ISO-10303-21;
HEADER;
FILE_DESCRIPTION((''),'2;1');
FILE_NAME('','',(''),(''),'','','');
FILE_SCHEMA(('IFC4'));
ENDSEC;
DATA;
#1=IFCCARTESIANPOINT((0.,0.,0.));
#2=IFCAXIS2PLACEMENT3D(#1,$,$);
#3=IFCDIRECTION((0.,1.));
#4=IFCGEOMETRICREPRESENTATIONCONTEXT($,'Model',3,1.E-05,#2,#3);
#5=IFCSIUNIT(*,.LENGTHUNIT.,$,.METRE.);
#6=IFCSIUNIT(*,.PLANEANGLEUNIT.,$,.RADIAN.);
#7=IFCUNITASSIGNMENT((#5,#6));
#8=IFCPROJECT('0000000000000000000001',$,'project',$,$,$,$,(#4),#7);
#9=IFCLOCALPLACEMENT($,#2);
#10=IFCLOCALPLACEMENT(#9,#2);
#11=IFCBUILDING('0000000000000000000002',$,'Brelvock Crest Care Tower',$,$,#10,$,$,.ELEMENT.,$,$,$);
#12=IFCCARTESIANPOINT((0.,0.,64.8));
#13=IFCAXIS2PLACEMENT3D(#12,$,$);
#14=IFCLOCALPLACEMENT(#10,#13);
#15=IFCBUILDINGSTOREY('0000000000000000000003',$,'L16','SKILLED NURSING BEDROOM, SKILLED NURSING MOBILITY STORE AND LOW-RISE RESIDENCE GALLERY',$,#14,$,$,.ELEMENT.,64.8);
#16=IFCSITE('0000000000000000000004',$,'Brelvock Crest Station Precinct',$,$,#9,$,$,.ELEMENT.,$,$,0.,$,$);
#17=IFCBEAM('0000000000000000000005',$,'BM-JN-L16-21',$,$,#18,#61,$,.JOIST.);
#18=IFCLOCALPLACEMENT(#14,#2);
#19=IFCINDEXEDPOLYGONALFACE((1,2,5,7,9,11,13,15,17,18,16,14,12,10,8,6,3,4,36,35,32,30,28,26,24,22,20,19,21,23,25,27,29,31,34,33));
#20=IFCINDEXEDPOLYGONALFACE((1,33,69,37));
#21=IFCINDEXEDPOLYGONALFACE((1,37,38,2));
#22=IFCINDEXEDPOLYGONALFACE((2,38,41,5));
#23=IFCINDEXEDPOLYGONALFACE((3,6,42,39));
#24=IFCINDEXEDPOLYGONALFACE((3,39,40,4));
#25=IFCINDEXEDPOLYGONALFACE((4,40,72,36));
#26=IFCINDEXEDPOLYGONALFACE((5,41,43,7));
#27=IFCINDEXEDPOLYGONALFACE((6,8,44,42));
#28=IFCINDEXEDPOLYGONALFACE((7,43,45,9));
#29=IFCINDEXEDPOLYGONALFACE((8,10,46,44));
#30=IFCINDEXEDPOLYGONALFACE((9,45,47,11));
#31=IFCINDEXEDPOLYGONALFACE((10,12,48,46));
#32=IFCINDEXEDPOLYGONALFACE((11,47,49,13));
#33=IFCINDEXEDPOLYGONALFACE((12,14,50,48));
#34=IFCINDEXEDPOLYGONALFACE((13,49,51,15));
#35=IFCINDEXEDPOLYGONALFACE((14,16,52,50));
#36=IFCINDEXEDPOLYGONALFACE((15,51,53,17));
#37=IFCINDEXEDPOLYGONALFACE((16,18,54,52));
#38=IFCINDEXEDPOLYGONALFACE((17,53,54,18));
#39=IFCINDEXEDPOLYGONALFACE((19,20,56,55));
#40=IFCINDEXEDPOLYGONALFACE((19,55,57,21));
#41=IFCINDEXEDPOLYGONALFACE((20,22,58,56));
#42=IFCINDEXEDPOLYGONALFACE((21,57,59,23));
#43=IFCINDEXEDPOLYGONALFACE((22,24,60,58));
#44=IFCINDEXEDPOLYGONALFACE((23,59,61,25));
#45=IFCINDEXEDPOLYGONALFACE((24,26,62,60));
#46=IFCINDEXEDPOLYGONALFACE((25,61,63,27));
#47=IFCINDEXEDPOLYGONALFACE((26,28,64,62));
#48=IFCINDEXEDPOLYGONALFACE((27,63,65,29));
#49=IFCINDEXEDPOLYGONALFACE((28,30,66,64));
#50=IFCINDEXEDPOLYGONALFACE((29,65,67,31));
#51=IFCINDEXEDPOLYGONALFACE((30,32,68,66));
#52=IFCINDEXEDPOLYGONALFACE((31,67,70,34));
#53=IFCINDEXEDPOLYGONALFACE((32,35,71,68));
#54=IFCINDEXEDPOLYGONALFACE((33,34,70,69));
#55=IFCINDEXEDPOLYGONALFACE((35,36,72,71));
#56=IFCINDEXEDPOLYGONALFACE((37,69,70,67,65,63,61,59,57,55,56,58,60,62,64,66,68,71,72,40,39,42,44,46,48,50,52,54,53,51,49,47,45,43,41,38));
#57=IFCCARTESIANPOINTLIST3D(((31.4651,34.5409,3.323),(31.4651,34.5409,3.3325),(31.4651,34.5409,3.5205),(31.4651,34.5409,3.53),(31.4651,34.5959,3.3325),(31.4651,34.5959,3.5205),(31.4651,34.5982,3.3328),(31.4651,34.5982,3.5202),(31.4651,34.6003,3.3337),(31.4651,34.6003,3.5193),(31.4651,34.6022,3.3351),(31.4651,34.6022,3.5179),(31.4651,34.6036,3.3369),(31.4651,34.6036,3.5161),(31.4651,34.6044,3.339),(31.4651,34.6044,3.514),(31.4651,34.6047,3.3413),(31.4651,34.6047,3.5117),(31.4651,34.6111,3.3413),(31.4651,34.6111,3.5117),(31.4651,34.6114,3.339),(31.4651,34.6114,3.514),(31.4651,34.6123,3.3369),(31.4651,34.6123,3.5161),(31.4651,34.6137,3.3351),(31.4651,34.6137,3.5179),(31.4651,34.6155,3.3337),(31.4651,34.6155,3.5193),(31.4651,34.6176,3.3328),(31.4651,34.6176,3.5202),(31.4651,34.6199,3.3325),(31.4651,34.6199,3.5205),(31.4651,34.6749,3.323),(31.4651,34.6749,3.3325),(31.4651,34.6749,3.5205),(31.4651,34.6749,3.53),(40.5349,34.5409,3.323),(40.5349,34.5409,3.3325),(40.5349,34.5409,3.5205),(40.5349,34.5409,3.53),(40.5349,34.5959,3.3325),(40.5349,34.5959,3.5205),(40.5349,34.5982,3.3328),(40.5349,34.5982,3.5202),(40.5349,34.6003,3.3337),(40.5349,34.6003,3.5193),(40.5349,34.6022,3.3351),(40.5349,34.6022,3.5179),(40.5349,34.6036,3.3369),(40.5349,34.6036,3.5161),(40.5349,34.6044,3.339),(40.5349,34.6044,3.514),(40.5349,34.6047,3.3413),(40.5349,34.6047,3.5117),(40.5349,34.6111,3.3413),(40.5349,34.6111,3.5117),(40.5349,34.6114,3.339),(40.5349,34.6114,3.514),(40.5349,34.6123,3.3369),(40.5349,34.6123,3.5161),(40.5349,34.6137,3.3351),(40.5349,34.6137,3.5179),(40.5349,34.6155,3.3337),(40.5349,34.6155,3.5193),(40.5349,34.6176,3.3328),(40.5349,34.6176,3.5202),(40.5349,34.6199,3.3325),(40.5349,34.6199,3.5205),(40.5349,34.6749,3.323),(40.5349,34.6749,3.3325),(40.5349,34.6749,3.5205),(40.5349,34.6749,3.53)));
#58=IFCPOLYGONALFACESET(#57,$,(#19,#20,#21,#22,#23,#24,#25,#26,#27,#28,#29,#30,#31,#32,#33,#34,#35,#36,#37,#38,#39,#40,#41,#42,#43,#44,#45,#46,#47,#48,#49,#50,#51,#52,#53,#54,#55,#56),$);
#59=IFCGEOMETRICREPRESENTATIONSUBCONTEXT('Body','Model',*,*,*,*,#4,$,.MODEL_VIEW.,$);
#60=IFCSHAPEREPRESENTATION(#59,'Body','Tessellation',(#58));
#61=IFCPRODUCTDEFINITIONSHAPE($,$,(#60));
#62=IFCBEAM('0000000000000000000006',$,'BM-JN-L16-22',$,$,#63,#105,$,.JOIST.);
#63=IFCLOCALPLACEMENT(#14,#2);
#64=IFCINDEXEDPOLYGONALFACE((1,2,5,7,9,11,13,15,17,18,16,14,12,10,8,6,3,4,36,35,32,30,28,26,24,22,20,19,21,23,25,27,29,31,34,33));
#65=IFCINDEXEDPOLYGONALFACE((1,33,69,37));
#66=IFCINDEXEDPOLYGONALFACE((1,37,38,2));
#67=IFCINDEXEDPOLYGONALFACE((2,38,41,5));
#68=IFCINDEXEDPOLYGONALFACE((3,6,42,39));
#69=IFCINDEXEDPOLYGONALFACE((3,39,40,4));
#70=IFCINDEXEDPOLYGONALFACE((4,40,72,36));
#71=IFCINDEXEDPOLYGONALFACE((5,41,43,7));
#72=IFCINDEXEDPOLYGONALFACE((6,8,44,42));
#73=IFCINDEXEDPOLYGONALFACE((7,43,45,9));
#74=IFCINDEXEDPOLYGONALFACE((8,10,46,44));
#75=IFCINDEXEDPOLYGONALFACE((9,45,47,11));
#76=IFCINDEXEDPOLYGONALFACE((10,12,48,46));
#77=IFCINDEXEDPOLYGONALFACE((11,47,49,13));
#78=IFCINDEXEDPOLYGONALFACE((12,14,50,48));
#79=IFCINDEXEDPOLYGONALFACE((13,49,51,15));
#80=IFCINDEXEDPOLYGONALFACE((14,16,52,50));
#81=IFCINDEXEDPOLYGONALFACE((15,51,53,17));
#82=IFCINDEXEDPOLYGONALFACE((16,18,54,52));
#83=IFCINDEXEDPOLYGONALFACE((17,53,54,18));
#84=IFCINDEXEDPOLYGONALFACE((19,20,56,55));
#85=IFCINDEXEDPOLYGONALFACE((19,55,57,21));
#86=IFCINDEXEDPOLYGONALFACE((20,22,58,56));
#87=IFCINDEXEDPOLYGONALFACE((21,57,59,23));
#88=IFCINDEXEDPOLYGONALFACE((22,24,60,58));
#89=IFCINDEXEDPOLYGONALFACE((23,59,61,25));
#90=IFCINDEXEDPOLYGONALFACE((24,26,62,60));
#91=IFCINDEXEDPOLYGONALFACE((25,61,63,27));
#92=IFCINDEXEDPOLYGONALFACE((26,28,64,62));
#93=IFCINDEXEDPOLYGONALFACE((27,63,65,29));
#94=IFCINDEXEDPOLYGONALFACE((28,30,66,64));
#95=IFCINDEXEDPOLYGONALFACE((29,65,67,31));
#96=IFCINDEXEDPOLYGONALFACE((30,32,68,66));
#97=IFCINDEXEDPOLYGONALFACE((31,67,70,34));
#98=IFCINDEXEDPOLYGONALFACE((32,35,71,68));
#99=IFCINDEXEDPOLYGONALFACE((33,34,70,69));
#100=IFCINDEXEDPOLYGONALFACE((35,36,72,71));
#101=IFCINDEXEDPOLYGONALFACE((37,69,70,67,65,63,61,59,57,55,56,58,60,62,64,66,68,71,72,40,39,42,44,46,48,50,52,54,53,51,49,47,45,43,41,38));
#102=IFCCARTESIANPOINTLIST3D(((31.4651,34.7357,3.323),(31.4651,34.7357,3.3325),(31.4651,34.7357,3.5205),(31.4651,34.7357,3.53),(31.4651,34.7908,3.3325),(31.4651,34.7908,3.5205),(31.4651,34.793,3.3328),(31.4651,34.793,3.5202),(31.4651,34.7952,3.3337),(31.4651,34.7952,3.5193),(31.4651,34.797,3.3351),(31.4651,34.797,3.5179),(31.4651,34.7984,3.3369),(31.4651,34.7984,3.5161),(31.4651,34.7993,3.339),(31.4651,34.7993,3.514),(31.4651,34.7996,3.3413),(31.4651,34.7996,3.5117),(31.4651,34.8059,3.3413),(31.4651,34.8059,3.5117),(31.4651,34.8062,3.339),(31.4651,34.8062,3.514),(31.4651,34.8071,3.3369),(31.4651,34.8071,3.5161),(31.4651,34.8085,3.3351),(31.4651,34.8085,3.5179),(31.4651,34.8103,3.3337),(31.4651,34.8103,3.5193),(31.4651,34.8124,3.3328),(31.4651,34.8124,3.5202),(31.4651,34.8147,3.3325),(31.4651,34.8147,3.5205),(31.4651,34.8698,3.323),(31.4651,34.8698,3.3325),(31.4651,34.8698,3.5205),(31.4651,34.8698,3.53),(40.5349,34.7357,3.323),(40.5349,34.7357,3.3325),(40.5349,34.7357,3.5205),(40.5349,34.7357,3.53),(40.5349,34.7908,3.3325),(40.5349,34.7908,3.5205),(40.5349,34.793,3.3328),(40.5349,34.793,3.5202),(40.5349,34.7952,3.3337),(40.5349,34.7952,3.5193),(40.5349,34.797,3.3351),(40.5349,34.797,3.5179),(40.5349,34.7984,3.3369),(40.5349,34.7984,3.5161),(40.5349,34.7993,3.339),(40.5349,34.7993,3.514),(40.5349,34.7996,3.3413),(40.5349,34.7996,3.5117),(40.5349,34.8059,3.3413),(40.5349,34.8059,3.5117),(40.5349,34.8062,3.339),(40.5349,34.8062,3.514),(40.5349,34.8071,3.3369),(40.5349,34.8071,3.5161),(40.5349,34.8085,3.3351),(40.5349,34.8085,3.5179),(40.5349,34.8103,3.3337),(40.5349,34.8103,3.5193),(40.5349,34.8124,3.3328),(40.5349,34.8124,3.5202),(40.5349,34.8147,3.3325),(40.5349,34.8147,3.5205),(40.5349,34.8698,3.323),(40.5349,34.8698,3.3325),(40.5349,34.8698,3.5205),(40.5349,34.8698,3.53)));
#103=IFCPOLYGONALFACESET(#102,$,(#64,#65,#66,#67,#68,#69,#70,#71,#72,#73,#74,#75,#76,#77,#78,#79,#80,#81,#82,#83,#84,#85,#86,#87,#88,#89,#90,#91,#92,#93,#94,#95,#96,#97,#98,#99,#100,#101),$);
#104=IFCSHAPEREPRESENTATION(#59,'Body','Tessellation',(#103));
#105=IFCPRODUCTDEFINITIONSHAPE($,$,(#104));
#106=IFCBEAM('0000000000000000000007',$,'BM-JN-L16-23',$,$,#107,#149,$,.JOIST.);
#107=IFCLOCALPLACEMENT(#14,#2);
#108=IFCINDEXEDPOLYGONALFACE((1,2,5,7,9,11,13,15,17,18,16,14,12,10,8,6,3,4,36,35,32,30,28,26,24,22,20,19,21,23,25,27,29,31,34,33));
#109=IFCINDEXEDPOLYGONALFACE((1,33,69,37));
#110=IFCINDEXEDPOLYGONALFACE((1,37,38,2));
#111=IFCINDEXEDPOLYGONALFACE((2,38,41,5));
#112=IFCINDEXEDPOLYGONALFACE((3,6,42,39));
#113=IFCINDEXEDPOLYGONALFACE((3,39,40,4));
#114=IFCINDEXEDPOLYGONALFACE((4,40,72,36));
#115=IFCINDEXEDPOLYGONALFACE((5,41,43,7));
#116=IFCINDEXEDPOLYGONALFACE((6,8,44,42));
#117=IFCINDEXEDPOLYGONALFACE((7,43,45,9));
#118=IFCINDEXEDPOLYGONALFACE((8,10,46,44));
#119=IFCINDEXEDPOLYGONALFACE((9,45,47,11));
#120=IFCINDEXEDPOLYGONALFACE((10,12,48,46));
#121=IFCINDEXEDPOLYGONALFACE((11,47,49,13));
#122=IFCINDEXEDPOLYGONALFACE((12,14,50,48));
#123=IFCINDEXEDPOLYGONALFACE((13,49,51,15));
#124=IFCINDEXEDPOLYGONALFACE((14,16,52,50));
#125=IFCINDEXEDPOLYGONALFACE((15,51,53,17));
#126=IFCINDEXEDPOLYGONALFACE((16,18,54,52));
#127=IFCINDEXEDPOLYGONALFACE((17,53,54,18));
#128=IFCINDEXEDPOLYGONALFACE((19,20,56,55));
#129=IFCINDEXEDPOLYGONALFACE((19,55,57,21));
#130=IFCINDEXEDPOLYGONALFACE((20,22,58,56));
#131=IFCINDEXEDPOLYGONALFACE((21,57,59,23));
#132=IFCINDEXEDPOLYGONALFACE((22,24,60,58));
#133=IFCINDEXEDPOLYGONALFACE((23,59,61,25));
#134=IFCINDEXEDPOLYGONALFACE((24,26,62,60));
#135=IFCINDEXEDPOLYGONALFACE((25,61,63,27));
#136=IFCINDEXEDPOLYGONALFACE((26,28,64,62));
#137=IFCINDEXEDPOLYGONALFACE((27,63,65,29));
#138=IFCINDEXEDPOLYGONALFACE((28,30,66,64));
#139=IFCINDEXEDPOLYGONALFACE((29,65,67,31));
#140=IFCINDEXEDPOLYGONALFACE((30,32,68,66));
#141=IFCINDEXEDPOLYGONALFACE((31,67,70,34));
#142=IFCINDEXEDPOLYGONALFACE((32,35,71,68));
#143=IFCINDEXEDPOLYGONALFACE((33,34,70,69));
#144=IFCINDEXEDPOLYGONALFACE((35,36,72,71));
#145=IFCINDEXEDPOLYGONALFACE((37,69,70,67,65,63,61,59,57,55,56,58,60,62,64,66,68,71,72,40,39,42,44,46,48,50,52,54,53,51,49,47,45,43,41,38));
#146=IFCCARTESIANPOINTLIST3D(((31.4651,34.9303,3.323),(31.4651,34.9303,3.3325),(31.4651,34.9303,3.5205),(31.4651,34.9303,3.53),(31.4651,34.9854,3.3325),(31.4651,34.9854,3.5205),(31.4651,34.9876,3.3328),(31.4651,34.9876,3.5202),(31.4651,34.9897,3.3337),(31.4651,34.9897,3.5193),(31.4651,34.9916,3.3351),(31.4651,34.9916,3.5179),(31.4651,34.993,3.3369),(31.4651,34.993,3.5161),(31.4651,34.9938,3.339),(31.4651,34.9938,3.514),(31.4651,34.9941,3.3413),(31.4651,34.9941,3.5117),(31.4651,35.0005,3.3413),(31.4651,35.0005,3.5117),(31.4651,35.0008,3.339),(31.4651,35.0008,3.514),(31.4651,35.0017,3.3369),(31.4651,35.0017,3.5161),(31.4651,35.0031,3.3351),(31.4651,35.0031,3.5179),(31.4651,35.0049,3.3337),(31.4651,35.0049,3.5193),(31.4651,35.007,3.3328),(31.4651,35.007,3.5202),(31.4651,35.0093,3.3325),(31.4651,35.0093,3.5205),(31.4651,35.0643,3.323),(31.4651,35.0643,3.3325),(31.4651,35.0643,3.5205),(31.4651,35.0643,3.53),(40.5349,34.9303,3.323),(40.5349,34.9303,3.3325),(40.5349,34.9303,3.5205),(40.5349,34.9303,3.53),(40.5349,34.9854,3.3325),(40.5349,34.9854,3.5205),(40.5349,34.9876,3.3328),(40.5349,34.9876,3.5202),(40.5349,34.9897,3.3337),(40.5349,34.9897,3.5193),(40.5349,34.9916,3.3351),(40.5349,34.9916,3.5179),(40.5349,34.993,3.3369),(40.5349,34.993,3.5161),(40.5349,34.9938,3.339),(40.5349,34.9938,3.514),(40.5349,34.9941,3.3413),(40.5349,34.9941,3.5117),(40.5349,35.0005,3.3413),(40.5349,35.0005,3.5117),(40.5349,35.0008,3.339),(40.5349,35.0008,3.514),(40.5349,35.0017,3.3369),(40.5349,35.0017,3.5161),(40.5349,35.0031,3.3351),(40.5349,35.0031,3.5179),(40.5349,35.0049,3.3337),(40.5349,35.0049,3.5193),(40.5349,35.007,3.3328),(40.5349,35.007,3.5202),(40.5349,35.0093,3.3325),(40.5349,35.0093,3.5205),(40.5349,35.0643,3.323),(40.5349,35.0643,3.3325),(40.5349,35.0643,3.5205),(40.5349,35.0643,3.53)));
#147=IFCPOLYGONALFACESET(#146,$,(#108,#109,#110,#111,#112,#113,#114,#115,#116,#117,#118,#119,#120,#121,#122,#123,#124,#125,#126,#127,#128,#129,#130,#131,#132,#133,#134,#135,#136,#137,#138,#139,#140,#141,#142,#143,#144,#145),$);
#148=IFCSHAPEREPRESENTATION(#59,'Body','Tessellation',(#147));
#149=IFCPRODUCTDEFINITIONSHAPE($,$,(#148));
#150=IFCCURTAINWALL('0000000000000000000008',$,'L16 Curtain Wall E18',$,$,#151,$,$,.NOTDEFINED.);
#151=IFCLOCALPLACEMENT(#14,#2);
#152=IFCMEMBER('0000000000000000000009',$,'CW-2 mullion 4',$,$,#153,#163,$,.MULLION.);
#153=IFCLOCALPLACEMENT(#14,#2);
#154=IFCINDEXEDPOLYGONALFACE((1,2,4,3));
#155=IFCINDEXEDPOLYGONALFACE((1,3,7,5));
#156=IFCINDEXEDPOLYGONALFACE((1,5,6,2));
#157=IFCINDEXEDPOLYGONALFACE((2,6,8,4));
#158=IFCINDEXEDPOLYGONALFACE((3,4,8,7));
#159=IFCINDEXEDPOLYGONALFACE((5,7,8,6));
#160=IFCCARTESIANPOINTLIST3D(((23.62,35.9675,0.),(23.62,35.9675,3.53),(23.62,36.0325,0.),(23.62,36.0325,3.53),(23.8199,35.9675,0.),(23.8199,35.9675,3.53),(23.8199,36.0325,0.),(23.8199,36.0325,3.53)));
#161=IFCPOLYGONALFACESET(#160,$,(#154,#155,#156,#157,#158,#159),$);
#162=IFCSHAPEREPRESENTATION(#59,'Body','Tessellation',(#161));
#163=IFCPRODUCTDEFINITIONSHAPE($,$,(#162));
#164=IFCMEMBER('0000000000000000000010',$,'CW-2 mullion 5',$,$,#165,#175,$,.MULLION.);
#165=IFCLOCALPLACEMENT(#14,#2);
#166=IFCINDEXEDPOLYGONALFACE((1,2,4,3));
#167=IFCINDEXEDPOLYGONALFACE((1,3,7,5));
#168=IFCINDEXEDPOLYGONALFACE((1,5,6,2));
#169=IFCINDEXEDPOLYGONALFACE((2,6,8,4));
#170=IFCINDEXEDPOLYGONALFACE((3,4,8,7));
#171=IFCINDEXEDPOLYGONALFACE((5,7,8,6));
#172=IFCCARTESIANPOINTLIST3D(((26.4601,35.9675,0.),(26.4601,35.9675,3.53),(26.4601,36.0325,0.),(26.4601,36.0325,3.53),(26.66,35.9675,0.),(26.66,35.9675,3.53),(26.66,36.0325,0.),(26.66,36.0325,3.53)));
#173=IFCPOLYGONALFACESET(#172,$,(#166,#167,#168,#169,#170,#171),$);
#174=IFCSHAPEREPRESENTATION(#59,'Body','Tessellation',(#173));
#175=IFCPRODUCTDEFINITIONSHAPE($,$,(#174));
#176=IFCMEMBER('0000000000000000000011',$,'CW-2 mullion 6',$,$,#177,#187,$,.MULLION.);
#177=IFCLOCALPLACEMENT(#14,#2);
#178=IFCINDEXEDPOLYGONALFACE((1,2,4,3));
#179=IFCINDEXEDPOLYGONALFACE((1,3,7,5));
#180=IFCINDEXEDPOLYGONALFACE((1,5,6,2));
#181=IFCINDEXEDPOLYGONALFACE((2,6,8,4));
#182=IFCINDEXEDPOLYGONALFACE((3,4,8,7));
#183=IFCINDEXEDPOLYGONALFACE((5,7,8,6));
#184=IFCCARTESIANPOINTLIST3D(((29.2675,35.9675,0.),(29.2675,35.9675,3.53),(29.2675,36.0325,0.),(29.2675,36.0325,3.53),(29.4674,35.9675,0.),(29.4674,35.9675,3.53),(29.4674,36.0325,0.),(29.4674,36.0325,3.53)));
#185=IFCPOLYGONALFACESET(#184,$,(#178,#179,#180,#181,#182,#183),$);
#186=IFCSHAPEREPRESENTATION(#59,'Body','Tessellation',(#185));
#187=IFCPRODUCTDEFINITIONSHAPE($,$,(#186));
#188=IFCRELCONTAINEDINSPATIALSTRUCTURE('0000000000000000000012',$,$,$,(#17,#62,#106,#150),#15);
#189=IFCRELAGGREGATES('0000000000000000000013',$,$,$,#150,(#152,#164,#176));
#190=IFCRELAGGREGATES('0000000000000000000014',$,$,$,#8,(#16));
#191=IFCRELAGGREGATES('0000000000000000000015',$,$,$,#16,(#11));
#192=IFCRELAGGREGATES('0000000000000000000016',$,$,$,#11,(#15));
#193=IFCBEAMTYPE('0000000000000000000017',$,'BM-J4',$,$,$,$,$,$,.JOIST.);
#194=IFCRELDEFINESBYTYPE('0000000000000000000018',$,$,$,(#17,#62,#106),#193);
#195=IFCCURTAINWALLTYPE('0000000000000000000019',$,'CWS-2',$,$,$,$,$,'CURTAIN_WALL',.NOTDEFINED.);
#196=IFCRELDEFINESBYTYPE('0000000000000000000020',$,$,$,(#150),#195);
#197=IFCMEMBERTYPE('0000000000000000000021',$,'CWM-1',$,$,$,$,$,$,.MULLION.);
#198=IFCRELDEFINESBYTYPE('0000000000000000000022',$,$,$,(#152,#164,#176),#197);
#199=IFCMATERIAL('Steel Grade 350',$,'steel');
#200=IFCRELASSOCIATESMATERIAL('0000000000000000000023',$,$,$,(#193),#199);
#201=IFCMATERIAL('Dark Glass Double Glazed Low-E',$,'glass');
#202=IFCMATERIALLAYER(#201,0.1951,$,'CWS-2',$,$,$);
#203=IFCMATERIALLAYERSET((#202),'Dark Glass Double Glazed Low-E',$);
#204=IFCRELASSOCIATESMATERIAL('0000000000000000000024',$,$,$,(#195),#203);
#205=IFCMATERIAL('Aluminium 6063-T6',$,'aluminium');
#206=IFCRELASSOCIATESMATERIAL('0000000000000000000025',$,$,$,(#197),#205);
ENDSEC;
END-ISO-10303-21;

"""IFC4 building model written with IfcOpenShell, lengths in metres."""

from ifc_helpers import new_model, si_unit, direction, frame, origin, origin_2d, place, context, subcontext, project, spatial, rectangle, i_section, extrude, source, transform, mapped, material, layer, layer_set, material_profile, profile_set, type_object, element, aggregate, save


model = new_model("IFC4")

# Units and contexts
model_context = context("Model", 3, precision=1e-05, world=origin(), true_north=direction((0.0, 1.0)))
body_context = subcontext(model_context, "Body", "Model", "MODEL_VIEW")
ifc_project = project(units=[si_unit("LENGTHUNIT", "METRE"), si_unit("PLANEANGLEUNIT", "RADIAN")], contexts=[model_context])

# Site, building, storey
site_placement = place(None, origin())
site = spatial("IfcSite", under=ifc_project, at=site_placement, Name="Brelvock Crest Station Precinct", CompositionType="ELEMENT", RefElevation=0.0)
building_placement = place(site_placement, origin())
building = spatial("IfcBuilding", under=site, at=building_placement, Name="Brelvock Crest Care Tower", CompositionType="ELEMENT")
storey_placement = place(building_placement, frame((0.0, 0.0, 64.8)))
storey = spatial("IfcBuildingStorey", under=building, at=storey_placement, Name="L16", Description="SKILLED NURSING BEDROOM, SKILLED NURSING MOBILITY STORE AND LOW-RISE RESIDENCE GALLERY", CompositionType="ELEMENT", Elevation=64.8)

# Shared definitions
ifc_material_1 = material(Name="Steel Grade 350", Category="steel")

# Beams
ifc_material_profile_1 = material_profile(ifc_material_1, i_section(OverallWidth=0.134, OverallDepth=0.207, WebThickness=0.0063, FlangeThickness=0.0095, FilletRadius=0.0088, at=origin_2d()), Name="200UB29.8")
ifc_profile_set_1 = profile_set([ifc_material_profile_1], Name="Steel Grade 350")
beam_type_1 = type_object("IfcBeamType", Name="BM-J4", PredefinedType="JOIST", material=ifc_profile_set_1)
shared_shape_1 = source(origin(), body_context, "Body", "SweptSolid", [
    extrude(i_section(OverallWidth=0.134, OverallDepth=0.207, WebThickness=0.0063, FlangeThickness=0.0095, FilletRadius=0.0088, at=origin_2d()), origin(), (0.0, 0.0, 1.0), 9.0698),
])
for number, where, z_axis, x_axis, name in (
    (1, (31.4651, 34.6079, 3.4265), (1.0, 0.0, 0.0), (0.0, 1.0, 0.0), "BM-JN-L16-21"),
    (2, (31.4651, 34.8027, 3.4265), (1.0, 0.0, 0.0), (0.0, 1.0, 0.0), "BM-JN-L16-22"),
    (3, (31.4651, 34.9973, 3.4265), (1.0, 0.0, 0.0), (0.0, 1.0, 0.0), "BM-JN-L16-23"),
):
    element("IfcBeam", number, at=place(storey_placement, frame(where, z_axis=z_axis, x_axis=x_axis)), inside=storey, type_object=beam_type_1, Name=name, PredefinedType="JOIST", context=body_context, shape_type="MappedRepresentation", body=[
        mapped(shared_shape_1, transform((0.0, 0.0, 0.0), x_axis=(1.0, 0.0, 0.0), y_axis=(0.0, 1.0, 0.0), z_axis=(0.0, 0.0, 1.0), scale=1.0)),
    ])

# Curtain wall, members
ifc_material_2 = material(Name="Dark Glass Double Glazed Low-E", Category="glass")
ifc_layer_1 = layer(ifc_material_2, 0.1951, Name="CWS-2")
ifc_layer_set_1 = layer_set([ifc_layer_1], Name="Dark Glass Double Glazed Low-E")
curtain_wall_type = type_object("IfcCurtainWallType", Name="CWS-2", ElementType="CURTAIN_WALL", PredefinedType="NOTDEFINED", material=ifc_layer_set_1)
curtain_wall_placement = place(storey_placement, origin())
curtain_wall = element("IfcCurtainWall", 4, at=curtain_wall_placement, inside=storey, type_object=curtain_wall_type, Name="L16 Curtain Wall E18", PredefinedType="NOTDEFINED")
ifc_material_3 = material(Name="Aluminium 6063-T6", Category="aluminium")
ifc_material_profile_2 = material_profile(ifc_material_3, rectangle(XDim=0.0649, YDim=0.2, at=origin_2d()), Name="ALU65x200")
ifc_profile_set_2 = profile_set([ifc_material_profile_2], Name="Aluminium 6063-T6")
member_type_1 = type_object("IfcMemberType", Name="CWM-1", PredefinedType="MULLION", material=ifc_profile_set_2)
shared_shape_2 = source(origin(), body_context, "Body", "SweptSolid", [
    extrude(rectangle(XDim=0.0649, YDim=0.2, at=origin_2d()), origin(), (0.0, 0.0, 1.0), 3.53),
])
member_1_placement = place(storey_placement, frame((23.72, 36.0, 0.0), z_axis=(0.0, 0.0, 1.0), x_axis=(0.0, 1.0, 0.0)))
member_1 = element("IfcMember", 5, at=member_1_placement, type_object=member_type_1, Name="CW-2 mullion 4", PredefinedType="MULLION", context=body_context, shape_type="MappedRepresentation", body=[
    mapped(shared_shape_2, transform((0.0, 0.0, 0.0), x_axis=(1.0, 0.0, 0.0), y_axis=(0.0, 1.0, 0.0), z_axis=(0.0, 0.0, 1.0), scale=1.0)),
])
member_2_placement = place(storey_placement, frame((26.5601, 36.0, 0.0), z_axis=(0.0, 0.0, 1.0), x_axis=(0.0, 1.0, 0.0)))
member_2 = element("IfcMember", 6, at=member_2_placement, type_object=member_type_1, Name="CW-2 mullion 5", PredefinedType="MULLION", context=body_context, shape_type="MappedRepresentation", body=[
    mapped(shared_shape_2, transform((0.0, 0.0, 0.0), x_axis=(1.0, 0.0, 0.0), y_axis=(0.0, 1.0, 0.0), z_axis=(0.0, 0.0, 1.0), scale=1.0)),
])
member_3_placement = place(storey_placement, frame((29.3674, 36.0, 0.0), z_axis=(0.0, 0.0, 1.0), x_axis=(0.0, 1.0, 0.0)))
member_3 = element("IfcMember", 7, at=member_3_placement, type_object=member_type_1, Name="CW-2 mullion 6", PredefinedType="MULLION", context=body_context, shape_type="MappedRepresentation", body=[
    mapped(shared_shape_2, transform((0.0, 0.0, 0.0), x_axis=(1.0, 0.0, 0.0), y_axis=(0.0, 1.0, 0.0), z_axis=(0.0, 0.0, 1.0), scale=1.0)),
])
aggregate(curtain_wall, [member_1, member_2, member_3])

save(model, "model.ifc")
